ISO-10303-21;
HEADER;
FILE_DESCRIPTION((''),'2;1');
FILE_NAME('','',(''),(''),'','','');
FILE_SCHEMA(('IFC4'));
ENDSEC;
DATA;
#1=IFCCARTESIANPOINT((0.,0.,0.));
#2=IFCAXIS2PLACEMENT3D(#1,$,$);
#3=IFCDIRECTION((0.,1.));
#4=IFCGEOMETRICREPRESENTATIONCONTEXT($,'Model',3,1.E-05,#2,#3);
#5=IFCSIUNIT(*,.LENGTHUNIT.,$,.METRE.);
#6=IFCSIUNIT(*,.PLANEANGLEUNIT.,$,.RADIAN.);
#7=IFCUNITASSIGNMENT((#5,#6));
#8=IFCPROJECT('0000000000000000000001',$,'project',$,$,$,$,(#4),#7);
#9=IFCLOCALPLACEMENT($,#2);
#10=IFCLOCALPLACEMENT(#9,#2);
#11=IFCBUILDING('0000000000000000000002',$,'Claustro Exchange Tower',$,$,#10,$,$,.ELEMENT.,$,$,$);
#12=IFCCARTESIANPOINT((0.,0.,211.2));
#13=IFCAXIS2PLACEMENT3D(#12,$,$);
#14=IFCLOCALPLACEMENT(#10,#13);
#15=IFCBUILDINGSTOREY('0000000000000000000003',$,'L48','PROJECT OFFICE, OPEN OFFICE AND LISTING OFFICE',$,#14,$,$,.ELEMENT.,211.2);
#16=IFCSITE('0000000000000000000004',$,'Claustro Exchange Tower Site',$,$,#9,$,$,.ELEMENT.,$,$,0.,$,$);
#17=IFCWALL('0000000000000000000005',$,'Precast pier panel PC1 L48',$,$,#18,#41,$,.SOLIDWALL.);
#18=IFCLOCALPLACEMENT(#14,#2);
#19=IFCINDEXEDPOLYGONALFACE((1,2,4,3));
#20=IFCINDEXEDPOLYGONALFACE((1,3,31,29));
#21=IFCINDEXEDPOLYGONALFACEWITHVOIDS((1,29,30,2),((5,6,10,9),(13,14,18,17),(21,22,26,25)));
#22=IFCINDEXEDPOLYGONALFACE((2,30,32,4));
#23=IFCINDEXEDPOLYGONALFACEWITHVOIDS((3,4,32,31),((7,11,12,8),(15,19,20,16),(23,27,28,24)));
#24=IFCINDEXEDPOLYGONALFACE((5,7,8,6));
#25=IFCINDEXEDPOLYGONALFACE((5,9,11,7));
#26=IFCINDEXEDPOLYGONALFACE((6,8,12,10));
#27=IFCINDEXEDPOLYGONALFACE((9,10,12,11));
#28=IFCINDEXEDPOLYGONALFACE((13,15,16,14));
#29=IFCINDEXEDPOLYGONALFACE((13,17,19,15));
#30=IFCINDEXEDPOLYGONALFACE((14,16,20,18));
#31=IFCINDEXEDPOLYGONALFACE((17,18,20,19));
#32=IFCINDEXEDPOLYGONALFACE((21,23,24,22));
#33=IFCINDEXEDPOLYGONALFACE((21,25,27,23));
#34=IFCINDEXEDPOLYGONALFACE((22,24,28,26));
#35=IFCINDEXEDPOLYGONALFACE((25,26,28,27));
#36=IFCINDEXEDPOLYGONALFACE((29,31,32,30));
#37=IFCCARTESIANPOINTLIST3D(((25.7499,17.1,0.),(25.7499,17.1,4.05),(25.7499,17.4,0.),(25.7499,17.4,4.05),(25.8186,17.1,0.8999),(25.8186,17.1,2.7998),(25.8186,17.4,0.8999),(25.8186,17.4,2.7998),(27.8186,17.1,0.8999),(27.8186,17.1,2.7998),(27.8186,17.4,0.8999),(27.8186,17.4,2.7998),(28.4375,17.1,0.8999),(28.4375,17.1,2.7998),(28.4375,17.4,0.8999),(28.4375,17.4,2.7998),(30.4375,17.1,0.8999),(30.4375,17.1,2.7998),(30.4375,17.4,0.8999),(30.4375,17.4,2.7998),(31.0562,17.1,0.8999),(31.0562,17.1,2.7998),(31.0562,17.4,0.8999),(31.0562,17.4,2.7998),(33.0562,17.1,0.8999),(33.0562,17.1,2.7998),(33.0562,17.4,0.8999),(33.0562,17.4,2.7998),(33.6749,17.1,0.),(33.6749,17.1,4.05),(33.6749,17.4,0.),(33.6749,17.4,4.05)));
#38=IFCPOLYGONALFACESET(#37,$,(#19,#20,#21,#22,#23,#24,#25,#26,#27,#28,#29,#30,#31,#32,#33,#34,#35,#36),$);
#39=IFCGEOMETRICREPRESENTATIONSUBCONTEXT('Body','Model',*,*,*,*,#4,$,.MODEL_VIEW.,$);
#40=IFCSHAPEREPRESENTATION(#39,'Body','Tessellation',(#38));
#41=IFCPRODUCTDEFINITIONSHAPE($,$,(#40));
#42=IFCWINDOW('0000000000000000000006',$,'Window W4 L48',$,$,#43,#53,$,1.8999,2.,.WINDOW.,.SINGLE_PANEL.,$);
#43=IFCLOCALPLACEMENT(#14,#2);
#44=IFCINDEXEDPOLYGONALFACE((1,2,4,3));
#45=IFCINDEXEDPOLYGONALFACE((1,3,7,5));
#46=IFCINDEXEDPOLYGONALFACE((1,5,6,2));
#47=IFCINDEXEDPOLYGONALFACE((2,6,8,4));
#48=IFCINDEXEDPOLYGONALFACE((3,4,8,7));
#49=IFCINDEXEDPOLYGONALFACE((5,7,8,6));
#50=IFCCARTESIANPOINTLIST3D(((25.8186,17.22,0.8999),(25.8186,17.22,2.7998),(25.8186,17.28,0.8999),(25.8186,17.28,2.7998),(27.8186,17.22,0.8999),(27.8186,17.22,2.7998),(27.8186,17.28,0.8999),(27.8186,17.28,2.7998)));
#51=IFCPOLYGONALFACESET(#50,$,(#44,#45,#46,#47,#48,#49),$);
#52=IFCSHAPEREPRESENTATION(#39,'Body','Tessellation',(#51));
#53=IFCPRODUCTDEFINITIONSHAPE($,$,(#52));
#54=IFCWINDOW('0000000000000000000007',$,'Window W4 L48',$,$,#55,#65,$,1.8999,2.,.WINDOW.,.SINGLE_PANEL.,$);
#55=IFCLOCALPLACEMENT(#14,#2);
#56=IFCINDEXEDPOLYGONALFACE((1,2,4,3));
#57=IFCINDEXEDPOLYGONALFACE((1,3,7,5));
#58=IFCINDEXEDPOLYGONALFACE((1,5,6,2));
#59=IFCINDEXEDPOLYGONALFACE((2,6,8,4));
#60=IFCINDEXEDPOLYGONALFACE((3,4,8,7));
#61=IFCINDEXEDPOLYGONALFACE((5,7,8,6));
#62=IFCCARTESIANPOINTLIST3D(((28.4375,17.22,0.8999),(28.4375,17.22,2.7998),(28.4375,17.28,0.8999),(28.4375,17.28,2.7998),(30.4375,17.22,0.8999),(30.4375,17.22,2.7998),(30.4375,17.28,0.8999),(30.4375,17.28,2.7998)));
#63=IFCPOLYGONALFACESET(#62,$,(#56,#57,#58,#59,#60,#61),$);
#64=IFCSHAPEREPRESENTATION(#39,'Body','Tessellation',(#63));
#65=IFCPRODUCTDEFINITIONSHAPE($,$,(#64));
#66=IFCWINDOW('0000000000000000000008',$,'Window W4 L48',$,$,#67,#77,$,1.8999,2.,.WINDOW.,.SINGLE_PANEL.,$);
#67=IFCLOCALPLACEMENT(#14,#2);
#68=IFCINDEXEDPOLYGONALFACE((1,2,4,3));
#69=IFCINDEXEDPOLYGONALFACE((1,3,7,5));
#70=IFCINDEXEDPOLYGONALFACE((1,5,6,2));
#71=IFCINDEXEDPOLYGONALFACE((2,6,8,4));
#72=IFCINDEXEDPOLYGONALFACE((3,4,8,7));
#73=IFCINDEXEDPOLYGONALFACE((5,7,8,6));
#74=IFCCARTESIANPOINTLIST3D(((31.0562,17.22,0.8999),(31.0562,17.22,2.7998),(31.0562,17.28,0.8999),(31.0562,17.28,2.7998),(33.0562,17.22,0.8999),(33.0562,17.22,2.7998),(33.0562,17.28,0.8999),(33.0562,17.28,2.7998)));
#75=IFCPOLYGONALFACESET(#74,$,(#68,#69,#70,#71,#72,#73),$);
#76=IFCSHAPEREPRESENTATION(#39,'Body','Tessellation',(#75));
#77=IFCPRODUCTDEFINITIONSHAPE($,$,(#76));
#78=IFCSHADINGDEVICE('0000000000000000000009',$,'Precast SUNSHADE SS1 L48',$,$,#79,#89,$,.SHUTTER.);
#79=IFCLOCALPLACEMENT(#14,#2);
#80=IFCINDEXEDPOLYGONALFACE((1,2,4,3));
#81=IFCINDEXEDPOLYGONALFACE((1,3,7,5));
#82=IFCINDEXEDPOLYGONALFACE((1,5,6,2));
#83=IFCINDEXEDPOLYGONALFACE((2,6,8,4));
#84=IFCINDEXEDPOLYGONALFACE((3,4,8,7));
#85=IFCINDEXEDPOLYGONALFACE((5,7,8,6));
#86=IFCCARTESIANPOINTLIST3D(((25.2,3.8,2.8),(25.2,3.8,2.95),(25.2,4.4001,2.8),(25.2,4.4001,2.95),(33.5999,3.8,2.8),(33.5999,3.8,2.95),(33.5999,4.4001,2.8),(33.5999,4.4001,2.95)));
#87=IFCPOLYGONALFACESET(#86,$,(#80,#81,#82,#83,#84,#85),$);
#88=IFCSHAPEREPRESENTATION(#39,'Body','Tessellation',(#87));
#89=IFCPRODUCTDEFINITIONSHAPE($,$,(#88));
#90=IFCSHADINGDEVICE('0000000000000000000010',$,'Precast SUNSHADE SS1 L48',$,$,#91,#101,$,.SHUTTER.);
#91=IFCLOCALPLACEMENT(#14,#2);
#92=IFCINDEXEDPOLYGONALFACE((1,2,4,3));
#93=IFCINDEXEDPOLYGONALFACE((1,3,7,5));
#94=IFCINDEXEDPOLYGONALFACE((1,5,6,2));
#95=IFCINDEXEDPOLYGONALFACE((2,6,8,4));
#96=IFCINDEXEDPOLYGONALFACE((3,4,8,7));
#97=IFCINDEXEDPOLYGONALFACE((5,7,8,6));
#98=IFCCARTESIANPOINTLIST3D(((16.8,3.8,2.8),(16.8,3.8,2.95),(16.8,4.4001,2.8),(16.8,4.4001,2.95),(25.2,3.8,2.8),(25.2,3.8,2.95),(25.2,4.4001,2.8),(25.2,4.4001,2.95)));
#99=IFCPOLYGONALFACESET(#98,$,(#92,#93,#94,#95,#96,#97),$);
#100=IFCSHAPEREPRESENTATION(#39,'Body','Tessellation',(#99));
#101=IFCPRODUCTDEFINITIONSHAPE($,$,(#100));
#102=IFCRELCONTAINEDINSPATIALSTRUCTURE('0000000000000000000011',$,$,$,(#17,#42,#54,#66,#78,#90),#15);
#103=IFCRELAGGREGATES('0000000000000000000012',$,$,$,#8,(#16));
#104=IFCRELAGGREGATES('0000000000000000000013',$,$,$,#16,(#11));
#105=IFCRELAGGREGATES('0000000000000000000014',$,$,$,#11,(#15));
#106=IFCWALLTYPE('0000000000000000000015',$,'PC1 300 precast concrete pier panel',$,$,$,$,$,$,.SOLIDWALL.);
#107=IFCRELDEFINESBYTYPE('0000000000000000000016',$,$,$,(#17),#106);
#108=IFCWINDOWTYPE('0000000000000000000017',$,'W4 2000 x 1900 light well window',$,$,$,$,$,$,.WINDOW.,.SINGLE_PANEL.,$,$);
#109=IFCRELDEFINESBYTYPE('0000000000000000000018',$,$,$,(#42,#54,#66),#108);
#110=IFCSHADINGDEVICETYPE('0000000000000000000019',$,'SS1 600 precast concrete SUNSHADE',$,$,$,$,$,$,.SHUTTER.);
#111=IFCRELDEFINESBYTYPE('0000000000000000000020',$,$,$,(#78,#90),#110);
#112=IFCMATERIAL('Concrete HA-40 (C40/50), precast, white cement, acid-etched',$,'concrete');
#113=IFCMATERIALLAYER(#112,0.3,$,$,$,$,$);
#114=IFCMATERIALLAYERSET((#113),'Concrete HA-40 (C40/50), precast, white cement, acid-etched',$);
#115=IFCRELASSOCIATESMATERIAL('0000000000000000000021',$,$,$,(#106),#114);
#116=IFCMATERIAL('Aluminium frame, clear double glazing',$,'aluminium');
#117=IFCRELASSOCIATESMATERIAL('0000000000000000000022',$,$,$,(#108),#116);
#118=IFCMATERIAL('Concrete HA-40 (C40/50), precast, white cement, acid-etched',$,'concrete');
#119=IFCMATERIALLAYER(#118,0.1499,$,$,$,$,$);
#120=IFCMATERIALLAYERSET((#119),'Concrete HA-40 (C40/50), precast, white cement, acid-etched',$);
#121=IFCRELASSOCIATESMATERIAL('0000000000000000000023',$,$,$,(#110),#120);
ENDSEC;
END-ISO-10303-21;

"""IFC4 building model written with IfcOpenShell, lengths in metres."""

from ifc_helpers import new_model, si_unit, direction, frame, frame_2d, origin, origin_2d, place, context, subcontext, project, spatial, rectangle, extrude, material, layer, layer_set, type_object, element, fill, save


model = new_model("IFC4")

# Units and contexts
model_context = context("Model", 3, precision=1e-05, world=origin(), true_north=direction((0.0, 1.0)))
body_context = subcontext(model_context, "Body", "Model", "MODEL_VIEW")
ifc_project = project(units=[si_unit("LENGTHUNIT", "METRE"), si_unit("PLANEANGLEUNIT", "RADIAN")], contexts=[model_context])

# Site, building, storey
site_placement = place(None, origin())
site = spatial("IfcSite", under=ifc_project, at=site_placement, Name="Claustro Exchange Tower Site", CompositionType="ELEMENT", RefElevation=0.0)
building_placement = place(site_placement, origin())
building = spatial("IfcBuilding", under=site, at=building_placement, Name="Claustro Exchange Tower", CompositionType="ELEMENT")
storey_placement = place(building_placement, frame((0.0, 0.0, 211.2)))
storey = spatial("IfcBuildingStorey", under=building, at=storey_placement, Name="L48", Description="PROJECT OFFICE, OPEN OFFICE AND LISTING OFFICE", CompositionType="ELEMENT", Elevation=211.2)

# Wall, openings, windows
ifc_material_1 = material(Name="Concrete HA-40 (C40/50), precast, white cement, acid-etched", Category="concrete")
ifc_layer_1 = layer(ifc_material_1, 0.3)
ifc_layer_set_1 = layer_set([ifc_layer_1], Name="Concrete HA-40 (C40/50), precast, white cement, acid-etched")
wall_type_1 = type_object("IfcWallType", Name="PC1 300 precast concrete pier panel", PredefinedType="SOLIDWALL", material=ifc_layer_set_1)
wall_1_placement = place(storey_placement, frame((25.75, 17.25, 0.0), z_axis=(0.0, 0.0, 1.0), x_axis=(1.0, 0.0, 0.0)))
wall_1 = element("IfcWall", 1, at=wall_1_placement, inside=storey, type_object=wall_type_1, Name="Precast pier panel PC1 L48", PredefinedType="SOLIDWALL", context=body_context, shape_type="SweptSolid", body=[
    extrude(rectangle(XDim=7.925, YDim=0.3, at=frame_2d((3.9624, 0.0))), origin(), (0.0, 0.0, 1.0), 4.05),
])
opening_1_placement = place(wall_1_placement, frame((0.0686, 0.0, 0.8999)))
opening_1 = element("IfcOpeningElement", 2, at=opening_1_placement, cuts=wall_1, PredefinedType="OPENING", context=body_context, shape_type="SweptSolid", body=[
    extrude(rectangle(XDim=2.0, YDim=1.8999, at=frame_2d((1.0, 0.95))), frame((0.0, 0.1599, 0.0), z_axis=(0.0, -1.0, 0.0), x_axis=(1.0, 0.0, 0.0)), (0.0, 0.0, 1.0), 0.3201),
])
opening_2_placement = place(wall_1_placement, frame((2.6875, 0.0, 0.8999)))
opening_2 = element("IfcOpeningElement", 3, at=opening_2_placement, cuts=wall_1, PredefinedType="OPENING", context=body_context, shape_type="SweptSolid", body=[
    extrude(rectangle(XDim=2.0, YDim=1.8999, at=frame_2d((1.0, 0.95))), frame((0.0, 0.1599, 0.0), z_axis=(0.0, -1.0, 0.0), x_axis=(1.0, 0.0, 0.0)), (0.0, 0.0, 1.0), 0.3201),
])
opening_3_placement = place(wall_1_placement, frame((5.3062, 0.0, 0.8999)))
opening_3 = element("IfcOpeningElement", 4, at=opening_3_placement, cuts=wall_1, PredefinedType="OPENING", context=body_context, shape_type="SweptSolid", body=[
    extrude(rectangle(XDim=2.0, YDim=1.8999, at=frame_2d((1.0, 0.95))), frame((0.0, 0.1599, 0.0), z_axis=(0.0, -1.0, 0.0), x_axis=(1.0, 0.0, 0.0)), (0.0, 0.0, 1.0), 0.3201),
])
ifc_material_2 = material(Name="Aluminium frame, clear double glazing", Category="aluminium")
window_type_1 = type_object("IfcWindowType", Name="W4 2000 x 1900 light well window", PartitioningType="SINGLE_PANEL", PredefinedType="WINDOW", material=ifc_material_2)
window_1_placement = place(opening_1_placement, origin())
window_1 = element("IfcWindow", 5, at=window_1_placement, inside=storey, type_object=window_type_1, Name="Window W4 L48", OverallHeight=1.8999, OverallWidth=2.0, PartitioningType="SINGLE_PANEL", PredefinedType="WINDOW", context=body_context, shape_type="SweptSolid", body=[
    extrude(rectangle(XDim=2.0, YDim=1.8999, at=frame_2d((1.0, 0.95))), frame((0.0, 0.03, 0.0), z_axis=(0.0, -1.0, 0.0), x_axis=(1.0, 0.0, 0.0)), (0.0, 0.0, 1.0), 0.0601),
])
fill(opening_1, window_1)
window_2_placement = place(opening_2_placement, origin())
window_2 = element("IfcWindow", 6, at=window_2_placement, inside=storey, type_object=window_type_1, Name="Window W4 L48", OverallHeight=1.8999, OverallWidth=2.0, PartitioningType="SINGLE_PANEL", PredefinedType="WINDOW", context=body_context, shape_type="SweptSolid", body=[
    extrude(rectangle(XDim=2.0, YDim=1.8999, at=frame_2d((1.0, 0.95))), frame((0.0, 0.03, 0.0), z_axis=(0.0, -1.0, 0.0), x_axis=(1.0, 0.0, 0.0)), (0.0, 0.0, 1.0), 0.0601),
])
fill(opening_2, window_2)
window_3_placement = place(opening_3_placement, origin())
window_3 = element("IfcWindow", 7, at=window_3_placement, inside=storey, type_object=window_type_1, Name="Window W4 L48", OverallHeight=1.8999, OverallWidth=2.0, PartitioningType="SINGLE_PANEL", PredefinedType="WINDOW", context=body_context, shape_type="SweptSolid", body=[
    extrude(rectangle(XDim=2.0, YDim=1.8999, at=frame_2d((1.0, 0.95))), frame((0.0, 0.03, 0.0), z_axis=(0.0, -1.0, 0.0), x_axis=(1.0, 0.0, 0.0)), (0.0, 0.0, 1.0), 0.0601),
])
fill(opening_3, window_3)

# Shading devices
ifc_material_3 = material(Name="Concrete HA-40 (C40/50), precast, white cement, acid-etched", Category="concrete")
ifc_layer_2 = layer(ifc_material_3, 0.1499)
ifc_layer_set_2 = layer_set([ifc_layer_2], Name="Concrete HA-40 (C40/50), precast, white cement, acid-etched")
shading_device_type = type_object("IfcShadingDeviceType", Name="SS1 600 precast concrete SUNSHADE", PredefinedType="SHUTTER", material=ifc_layer_set_2)
for number, where, z_axis, x_axis, name in (
    (8, (29.3999, 4.1001, 2.8), (0.0, 0.0, 1.0), (-1.0, 0.0, 0.0), "Precast SUNSHADE SS1 L48"),
    (9, (21.0, 4.1001, 2.8), (0.0, 0.0, 1.0), (-1.0, 0.0, 0.0), "Precast SUNSHADE SS1 L48"),
):
    element("IfcShadingDevice", number, at=place(storey_placement, frame(where, z_axis=z_axis, x_axis=x_axis)), inside=storey, type_object=shading_device_type, Name=name, PredefinedType="SHUTTER", context=body_context, shape_type="SweptSolid", body=[
        extrude(rectangle(XDim=8.3999, YDim=0.6001, at=origin_2d()), origin(), (0.0, 0.0, 1.0), 0.1499),
    ])

save(model, "model.ifc")
